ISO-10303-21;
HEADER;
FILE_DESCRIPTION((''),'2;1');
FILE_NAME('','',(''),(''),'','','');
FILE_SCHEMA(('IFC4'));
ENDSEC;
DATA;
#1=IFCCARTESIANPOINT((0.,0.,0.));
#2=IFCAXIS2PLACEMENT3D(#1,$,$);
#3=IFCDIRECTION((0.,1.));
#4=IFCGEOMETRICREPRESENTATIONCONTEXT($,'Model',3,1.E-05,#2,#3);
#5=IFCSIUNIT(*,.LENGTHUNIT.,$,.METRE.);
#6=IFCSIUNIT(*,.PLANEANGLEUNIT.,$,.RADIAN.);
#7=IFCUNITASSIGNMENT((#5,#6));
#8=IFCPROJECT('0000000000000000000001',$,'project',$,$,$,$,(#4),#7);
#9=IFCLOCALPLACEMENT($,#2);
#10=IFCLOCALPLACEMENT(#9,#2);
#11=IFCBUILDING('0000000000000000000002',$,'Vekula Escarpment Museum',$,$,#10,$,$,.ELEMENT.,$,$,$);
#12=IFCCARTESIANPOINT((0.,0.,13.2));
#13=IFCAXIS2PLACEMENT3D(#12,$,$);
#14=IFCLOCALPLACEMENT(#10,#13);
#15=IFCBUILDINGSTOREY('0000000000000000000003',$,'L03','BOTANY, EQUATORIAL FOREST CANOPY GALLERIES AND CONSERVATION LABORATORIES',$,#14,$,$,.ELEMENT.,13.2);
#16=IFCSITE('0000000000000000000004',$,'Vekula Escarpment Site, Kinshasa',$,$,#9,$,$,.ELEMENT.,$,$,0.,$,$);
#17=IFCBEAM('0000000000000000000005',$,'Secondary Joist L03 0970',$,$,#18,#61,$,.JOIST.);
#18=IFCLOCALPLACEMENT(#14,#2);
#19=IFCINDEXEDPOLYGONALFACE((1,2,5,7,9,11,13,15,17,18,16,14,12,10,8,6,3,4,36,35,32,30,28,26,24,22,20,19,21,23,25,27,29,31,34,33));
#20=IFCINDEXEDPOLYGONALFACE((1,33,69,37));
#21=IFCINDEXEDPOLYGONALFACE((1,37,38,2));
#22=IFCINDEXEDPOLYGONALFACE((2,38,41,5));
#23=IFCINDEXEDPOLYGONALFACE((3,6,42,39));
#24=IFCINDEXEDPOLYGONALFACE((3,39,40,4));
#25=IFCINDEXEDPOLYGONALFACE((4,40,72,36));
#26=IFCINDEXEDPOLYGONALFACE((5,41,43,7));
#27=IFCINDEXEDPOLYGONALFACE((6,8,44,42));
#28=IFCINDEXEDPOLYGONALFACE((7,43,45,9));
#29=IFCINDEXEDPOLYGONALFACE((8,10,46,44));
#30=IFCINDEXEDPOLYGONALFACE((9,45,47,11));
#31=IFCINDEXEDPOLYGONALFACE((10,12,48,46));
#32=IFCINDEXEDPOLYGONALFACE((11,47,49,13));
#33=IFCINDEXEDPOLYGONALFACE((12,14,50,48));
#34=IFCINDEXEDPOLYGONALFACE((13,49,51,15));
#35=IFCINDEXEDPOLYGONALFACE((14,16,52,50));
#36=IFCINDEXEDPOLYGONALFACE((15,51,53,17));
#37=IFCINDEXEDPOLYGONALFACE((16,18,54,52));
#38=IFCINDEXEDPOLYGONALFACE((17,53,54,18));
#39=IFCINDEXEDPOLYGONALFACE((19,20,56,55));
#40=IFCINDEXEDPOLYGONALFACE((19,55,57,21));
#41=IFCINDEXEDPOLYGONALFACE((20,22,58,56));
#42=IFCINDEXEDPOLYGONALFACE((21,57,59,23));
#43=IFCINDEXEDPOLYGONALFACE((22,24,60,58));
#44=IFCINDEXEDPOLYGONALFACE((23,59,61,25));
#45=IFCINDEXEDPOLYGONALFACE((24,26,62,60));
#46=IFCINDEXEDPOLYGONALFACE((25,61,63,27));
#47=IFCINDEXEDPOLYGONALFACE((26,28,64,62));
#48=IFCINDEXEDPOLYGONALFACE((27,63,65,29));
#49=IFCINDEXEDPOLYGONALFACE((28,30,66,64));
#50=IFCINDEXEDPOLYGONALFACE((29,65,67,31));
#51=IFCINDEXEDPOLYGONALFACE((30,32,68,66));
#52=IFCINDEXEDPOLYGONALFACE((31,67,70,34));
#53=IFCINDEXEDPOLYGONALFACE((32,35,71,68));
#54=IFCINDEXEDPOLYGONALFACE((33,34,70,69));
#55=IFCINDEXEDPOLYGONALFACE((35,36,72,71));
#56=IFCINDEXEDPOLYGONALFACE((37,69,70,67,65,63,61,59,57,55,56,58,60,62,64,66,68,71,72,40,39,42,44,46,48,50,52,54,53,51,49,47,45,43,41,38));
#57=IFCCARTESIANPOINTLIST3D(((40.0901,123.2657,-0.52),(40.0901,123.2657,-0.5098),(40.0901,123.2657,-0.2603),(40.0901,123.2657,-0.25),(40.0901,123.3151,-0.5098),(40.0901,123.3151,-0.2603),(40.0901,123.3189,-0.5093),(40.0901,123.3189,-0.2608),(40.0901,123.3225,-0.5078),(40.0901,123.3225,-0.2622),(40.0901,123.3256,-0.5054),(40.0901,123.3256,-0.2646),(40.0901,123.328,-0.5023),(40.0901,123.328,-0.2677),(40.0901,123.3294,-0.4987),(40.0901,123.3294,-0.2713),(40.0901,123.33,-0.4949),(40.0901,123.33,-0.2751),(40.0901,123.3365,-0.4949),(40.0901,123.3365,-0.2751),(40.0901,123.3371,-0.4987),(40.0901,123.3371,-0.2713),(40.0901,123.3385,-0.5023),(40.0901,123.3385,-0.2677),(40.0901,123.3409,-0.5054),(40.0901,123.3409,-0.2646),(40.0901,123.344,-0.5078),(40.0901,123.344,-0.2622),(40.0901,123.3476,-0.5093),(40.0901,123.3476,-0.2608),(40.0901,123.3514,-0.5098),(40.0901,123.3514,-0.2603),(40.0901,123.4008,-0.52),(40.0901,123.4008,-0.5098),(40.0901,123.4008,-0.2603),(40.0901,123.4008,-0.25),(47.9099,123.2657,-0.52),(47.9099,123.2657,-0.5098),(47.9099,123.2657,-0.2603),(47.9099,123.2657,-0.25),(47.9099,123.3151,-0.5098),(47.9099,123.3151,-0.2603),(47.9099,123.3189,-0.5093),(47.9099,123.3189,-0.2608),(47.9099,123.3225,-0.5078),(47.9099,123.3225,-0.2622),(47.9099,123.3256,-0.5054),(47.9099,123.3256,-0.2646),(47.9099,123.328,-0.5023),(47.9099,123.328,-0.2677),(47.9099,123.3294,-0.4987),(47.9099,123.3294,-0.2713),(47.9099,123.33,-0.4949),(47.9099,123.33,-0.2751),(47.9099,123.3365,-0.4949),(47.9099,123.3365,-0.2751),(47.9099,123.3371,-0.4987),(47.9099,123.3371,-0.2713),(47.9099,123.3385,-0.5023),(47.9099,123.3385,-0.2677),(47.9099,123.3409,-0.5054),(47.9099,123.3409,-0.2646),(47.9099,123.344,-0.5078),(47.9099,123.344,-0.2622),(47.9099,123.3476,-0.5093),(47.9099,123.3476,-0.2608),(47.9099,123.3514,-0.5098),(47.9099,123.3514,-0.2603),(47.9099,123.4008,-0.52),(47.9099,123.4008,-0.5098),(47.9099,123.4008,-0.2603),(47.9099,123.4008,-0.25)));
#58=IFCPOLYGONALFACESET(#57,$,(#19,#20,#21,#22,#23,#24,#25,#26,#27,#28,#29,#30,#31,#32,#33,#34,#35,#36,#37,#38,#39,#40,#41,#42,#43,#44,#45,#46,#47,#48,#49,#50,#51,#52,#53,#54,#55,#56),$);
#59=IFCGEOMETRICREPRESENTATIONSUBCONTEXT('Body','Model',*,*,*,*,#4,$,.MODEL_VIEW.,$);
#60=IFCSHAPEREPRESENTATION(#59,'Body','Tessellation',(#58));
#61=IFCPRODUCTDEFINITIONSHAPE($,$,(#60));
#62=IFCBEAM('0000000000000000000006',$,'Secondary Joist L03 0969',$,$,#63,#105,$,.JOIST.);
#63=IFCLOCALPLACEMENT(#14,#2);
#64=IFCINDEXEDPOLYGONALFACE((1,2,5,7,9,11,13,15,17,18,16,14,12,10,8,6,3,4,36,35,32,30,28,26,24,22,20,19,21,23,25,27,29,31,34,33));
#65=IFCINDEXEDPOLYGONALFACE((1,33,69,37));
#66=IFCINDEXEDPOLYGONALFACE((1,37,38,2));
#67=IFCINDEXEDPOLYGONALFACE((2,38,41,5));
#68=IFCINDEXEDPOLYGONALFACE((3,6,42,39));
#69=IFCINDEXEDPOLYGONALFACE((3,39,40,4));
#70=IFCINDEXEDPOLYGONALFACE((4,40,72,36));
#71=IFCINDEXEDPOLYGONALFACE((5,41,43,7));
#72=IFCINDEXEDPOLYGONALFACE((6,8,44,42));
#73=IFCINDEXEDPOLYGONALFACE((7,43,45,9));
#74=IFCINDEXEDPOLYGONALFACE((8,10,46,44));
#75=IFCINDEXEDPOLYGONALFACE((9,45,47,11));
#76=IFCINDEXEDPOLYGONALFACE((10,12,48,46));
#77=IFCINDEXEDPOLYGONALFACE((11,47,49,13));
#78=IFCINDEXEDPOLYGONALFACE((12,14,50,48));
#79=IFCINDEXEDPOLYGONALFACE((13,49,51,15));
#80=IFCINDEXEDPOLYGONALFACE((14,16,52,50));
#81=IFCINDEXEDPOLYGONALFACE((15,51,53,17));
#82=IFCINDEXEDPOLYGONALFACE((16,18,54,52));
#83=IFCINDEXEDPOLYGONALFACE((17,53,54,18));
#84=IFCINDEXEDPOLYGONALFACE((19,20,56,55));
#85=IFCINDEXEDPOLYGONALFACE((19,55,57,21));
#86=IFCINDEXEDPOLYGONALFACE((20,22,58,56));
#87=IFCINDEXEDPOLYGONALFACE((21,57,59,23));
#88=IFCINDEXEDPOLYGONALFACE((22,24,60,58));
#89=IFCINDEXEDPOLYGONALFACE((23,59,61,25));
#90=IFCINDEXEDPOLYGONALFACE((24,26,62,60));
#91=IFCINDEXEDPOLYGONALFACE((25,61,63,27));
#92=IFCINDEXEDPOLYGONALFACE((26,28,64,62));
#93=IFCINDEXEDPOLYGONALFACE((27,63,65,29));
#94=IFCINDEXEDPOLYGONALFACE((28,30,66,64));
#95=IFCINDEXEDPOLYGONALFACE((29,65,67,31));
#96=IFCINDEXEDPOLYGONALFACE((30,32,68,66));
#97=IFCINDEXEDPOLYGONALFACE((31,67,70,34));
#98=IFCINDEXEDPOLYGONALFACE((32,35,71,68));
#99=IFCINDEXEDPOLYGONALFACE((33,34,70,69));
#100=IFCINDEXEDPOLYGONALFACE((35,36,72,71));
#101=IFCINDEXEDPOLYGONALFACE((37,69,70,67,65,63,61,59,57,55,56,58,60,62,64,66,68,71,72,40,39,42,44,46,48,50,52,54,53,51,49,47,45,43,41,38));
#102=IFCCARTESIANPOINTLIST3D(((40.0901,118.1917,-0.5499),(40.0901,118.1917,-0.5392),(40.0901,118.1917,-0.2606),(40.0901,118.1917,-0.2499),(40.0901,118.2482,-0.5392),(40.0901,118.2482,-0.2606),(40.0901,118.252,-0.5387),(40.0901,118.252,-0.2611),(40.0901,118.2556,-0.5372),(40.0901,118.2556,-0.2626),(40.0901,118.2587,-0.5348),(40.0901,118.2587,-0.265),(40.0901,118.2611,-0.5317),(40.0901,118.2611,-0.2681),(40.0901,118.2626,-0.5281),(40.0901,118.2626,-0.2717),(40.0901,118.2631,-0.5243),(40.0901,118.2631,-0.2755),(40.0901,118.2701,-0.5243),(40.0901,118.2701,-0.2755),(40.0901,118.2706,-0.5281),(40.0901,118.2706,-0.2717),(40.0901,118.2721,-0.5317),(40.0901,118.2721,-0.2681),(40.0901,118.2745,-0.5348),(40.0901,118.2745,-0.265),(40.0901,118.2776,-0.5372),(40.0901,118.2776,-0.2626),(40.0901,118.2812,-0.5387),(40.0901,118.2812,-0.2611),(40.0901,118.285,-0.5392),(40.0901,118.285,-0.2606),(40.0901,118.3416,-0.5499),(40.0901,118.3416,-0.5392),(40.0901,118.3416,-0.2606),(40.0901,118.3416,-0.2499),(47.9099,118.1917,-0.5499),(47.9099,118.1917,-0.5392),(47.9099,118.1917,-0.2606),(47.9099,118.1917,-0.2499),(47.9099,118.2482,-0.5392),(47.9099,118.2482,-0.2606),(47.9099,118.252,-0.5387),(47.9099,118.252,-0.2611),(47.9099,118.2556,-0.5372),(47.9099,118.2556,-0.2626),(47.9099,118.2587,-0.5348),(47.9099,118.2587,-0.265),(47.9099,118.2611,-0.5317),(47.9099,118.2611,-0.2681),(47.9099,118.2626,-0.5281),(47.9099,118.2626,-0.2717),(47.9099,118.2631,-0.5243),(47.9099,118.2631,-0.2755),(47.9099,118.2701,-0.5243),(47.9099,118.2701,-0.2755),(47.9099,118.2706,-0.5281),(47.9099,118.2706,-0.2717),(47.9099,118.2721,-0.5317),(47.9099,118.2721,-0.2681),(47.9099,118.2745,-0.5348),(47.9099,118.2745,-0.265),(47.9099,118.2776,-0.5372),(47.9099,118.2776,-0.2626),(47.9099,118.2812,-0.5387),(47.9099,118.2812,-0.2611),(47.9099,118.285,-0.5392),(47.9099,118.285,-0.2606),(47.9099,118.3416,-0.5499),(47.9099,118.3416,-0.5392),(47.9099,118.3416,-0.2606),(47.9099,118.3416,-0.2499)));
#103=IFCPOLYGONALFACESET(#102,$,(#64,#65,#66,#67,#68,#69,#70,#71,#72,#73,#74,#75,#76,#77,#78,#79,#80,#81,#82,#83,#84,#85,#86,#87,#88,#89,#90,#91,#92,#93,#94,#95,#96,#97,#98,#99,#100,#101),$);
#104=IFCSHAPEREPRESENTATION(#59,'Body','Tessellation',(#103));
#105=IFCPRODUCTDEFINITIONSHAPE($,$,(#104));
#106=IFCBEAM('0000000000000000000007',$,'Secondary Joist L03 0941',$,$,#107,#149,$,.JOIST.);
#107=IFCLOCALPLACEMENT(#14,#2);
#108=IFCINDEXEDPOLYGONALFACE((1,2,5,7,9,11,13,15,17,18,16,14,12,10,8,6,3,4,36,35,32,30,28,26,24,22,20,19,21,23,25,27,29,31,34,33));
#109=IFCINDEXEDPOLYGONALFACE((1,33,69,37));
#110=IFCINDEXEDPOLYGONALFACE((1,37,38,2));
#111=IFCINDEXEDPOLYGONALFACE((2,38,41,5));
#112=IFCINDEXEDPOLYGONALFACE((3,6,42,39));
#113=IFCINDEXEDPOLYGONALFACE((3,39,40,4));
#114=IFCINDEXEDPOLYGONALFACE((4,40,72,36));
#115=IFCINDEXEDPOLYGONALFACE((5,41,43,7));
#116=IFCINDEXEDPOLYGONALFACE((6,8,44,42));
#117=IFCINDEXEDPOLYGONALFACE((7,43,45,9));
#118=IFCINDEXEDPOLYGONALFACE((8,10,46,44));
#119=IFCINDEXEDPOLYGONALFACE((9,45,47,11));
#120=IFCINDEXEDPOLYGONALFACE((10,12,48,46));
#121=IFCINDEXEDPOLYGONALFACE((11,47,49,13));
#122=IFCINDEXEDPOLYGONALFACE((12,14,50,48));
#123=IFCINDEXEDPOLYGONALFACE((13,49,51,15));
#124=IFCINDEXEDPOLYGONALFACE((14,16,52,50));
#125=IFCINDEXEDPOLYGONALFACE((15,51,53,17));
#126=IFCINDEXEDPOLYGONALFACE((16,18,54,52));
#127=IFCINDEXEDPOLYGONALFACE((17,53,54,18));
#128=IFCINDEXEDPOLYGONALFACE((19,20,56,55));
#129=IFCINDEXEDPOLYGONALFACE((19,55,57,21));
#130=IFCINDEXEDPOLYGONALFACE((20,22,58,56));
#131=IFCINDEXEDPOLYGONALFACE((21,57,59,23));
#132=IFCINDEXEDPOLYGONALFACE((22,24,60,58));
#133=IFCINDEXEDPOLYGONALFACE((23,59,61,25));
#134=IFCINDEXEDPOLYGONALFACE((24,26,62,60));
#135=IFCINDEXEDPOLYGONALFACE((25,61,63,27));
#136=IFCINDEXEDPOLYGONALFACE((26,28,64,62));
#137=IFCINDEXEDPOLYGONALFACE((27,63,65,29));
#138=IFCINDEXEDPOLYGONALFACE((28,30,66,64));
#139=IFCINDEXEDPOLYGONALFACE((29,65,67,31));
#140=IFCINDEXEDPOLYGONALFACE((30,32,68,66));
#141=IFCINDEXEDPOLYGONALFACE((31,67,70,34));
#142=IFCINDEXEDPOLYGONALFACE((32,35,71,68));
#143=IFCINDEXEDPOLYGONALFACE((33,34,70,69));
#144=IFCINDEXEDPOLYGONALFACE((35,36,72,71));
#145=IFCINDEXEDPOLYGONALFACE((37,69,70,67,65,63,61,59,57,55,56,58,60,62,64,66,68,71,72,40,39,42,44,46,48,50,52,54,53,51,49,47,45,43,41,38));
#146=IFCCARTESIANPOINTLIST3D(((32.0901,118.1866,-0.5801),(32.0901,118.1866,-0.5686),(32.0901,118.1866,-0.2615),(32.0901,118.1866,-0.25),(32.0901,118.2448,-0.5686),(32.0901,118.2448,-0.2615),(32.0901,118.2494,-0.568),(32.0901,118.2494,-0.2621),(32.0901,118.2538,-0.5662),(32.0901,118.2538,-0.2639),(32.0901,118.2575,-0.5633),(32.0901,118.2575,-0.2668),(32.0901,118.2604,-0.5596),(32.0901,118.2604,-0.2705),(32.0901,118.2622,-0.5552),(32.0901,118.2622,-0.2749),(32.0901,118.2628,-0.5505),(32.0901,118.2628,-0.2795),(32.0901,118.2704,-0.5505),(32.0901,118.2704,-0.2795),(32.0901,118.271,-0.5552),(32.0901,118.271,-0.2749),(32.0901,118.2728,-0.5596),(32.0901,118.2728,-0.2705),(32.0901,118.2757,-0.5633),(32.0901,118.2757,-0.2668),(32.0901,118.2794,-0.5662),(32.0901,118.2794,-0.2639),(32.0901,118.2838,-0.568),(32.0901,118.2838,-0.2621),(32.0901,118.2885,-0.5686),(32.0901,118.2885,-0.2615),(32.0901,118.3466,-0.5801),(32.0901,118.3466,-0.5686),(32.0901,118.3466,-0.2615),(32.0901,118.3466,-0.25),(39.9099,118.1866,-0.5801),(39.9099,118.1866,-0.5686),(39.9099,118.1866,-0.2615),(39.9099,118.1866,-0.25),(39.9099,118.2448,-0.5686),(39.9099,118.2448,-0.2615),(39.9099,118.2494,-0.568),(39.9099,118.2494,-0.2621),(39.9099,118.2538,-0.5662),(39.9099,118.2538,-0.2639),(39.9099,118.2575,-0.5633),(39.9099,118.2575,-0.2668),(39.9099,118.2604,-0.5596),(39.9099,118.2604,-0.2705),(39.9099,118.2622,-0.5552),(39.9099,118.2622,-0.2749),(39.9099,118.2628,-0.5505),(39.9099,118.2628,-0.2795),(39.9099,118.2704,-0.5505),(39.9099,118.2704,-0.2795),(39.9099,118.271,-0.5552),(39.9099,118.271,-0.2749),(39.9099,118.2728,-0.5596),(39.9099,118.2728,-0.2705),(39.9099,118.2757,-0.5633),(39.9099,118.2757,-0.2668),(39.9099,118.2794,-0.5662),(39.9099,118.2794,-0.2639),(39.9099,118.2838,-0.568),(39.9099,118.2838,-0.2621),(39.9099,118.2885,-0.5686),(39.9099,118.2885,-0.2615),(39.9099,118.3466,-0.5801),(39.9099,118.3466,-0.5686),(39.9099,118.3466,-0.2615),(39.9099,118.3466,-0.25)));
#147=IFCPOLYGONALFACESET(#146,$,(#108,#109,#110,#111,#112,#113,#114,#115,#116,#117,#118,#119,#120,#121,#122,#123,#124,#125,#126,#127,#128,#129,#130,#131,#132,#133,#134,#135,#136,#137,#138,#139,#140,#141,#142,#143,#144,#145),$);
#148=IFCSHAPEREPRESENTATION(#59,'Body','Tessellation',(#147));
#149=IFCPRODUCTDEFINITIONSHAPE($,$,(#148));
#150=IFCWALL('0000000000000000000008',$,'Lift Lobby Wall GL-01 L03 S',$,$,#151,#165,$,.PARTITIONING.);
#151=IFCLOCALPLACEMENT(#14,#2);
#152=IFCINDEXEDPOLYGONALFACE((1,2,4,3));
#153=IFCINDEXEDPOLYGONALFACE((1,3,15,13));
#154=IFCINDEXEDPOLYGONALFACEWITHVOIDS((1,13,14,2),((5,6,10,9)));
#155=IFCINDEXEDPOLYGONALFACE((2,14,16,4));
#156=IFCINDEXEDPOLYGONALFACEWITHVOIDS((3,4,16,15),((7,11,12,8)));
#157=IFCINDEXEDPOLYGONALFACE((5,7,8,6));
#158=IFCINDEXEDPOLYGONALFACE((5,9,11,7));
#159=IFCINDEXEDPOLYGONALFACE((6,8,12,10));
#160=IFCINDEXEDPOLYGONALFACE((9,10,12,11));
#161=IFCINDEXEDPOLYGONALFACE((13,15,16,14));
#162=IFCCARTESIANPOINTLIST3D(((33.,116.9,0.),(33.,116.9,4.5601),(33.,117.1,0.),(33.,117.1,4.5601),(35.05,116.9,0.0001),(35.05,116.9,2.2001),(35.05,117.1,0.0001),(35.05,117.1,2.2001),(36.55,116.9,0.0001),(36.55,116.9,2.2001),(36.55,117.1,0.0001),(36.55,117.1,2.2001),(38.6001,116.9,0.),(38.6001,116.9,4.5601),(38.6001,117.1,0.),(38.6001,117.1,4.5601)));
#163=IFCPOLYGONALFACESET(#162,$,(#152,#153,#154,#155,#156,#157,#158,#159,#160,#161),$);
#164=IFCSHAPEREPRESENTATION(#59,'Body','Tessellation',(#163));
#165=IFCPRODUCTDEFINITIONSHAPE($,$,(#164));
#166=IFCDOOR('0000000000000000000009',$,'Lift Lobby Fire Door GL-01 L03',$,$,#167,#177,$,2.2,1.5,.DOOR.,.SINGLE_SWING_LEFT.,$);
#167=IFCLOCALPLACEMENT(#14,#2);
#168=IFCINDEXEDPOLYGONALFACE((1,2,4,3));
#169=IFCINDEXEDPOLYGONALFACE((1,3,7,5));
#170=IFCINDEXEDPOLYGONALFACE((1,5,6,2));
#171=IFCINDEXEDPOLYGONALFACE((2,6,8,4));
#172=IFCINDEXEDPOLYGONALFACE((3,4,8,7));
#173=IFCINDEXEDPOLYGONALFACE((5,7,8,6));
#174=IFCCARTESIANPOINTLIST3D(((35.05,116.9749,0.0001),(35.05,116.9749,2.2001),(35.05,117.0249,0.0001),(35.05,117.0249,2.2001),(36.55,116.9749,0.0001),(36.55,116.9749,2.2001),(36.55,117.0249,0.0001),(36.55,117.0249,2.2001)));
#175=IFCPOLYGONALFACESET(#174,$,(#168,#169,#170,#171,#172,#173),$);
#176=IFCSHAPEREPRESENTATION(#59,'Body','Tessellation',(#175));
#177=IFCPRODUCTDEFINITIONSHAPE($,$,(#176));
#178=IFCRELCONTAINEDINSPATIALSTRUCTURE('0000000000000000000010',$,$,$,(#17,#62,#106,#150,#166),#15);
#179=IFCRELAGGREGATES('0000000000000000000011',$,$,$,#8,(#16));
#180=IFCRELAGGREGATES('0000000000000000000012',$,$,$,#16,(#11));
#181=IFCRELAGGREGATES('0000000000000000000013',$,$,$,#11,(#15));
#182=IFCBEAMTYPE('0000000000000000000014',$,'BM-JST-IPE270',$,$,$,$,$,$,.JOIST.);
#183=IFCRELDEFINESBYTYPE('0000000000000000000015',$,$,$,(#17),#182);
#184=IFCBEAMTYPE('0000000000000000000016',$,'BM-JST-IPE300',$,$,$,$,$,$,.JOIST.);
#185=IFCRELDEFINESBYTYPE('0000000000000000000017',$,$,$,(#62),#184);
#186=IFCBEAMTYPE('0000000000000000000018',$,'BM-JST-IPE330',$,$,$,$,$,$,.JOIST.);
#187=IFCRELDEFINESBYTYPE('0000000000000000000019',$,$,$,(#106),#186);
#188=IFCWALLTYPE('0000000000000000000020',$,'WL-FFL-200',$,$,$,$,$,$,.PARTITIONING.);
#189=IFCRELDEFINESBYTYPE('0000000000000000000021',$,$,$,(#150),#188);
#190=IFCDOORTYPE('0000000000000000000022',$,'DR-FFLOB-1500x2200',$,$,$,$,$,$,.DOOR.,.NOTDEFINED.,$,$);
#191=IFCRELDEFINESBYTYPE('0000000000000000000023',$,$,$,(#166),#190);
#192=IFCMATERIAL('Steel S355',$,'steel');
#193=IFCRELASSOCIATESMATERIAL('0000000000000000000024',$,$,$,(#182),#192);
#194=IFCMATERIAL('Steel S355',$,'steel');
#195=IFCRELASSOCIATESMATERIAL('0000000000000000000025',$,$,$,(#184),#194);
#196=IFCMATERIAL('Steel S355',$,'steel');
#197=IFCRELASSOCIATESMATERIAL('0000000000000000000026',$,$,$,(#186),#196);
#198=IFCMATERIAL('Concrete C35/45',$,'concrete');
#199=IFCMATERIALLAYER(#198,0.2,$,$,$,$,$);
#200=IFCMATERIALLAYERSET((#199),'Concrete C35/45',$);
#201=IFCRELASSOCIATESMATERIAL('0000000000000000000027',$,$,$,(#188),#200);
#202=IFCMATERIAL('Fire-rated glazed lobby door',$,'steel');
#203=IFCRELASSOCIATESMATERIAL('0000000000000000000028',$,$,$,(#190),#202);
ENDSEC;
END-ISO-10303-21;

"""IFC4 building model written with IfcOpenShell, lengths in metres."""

from ifc_helpers import new_model, si_unit, direction, frame, frame_2d, origin, origin_2d, place, context, subcontext, project, spatial, rectangle, i_section, extrude, material, layer, layer_set, material_profile, profile_set, type_object, element, fill, save


model = new_model("IFC4")

# Units and contexts
model_context = context("Model", 3, precision=1e-05, world=origin(), true_north=direction((0.0, 1.0)))
body_context = subcontext(model_context, "Body", "Model", "MODEL_VIEW")
ifc_project = project(units=[si_unit("LENGTHUNIT", "METRE"), si_unit("PLANEANGLEUNIT", "RADIAN")], contexts=[model_context])

# Site, building, storey
site_placement = place(None, origin())
site = spatial("IfcSite", under=ifc_project, at=site_placement, Name="Vekula Escarpment Site, Kinshasa", CompositionType="ELEMENT", RefElevation=0.0)
building_placement = place(site_placement, origin())
building = spatial("IfcBuilding", under=site, at=building_placement, Name="Vekula Escarpment Museum", CompositionType="ELEMENT")
storey_placement = place(building_placement, frame((0.0, 0.0, 13.2)))
storey = spatial("IfcBuildingStorey", under=building, at=storey_placement, Name="L03", Description="BOTANY, EQUATORIAL FOREST CANOPY GALLERIES AND CONSERVATION LABORATORIES", CompositionType="ELEMENT", Elevation=13.2)

# Beams
ifc_material_1 = material(Name="Steel S355", Category="steel")
ifc_material_profile_1 = material_profile(ifc_material_1, i_section(OverallWidth=0.135, OverallDepth=0.27, WebThickness=0.0066, FlangeThickness=0.0103, FilletRadius=0.0149, at=origin_2d()), Name="IPE 270")
ifc_profile_set_1 = profile_set([ifc_material_profile_1], Name="Steel S355")
beam_type_1 = type_object("IfcBeamType", Name="BM-JST-IPE270", PredefinedType="JOIST", material=ifc_profile_set_1)
beam_1_placement = place(storey_placement, frame((40.0901, 123.3333, -0.385), z_axis=(1.0, 0.0, 0.0), x_axis=(0.0, 1.0, 0.0)))
element("IfcBeam", 1, at=beam_1_placement, inside=storey, type_object=beam_type_1, Name="Secondary Joist L03 0970", PredefinedType="JOIST", context=body_context, shape_type="SweptSolid", body=[
    extrude(i_section(OverallWidth=0.135, OverallDepth=0.27, WebThickness=0.0066, FlangeThickness=0.0103, FilletRadius=0.0149, at=origin_2d()), origin(), (0.0, 0.0, 1.0), 7.8198),
])
ifc_material_2 = material(Name="Steel S355", Category="steel")
ifc_material_profile_2 = material_profile(ifc_material_2, i_section(OverallWidth=0.1499, OverallDepth=0.3, WebThickness=0.0071, FlangeThickness=0.0107, FilletRadius=0.0149, at=origin_2d()), Name="IPE 300")
ifc_profile_set_2 = profile_set([ifc_material_profile_2], Name="Steel S355")
beam_type_2 = type_object("IfcBeamType", Name="BM-JST-IPE300", PredefinedType="JOIST", material=ifc_profile_set_2)
beam_2_placement = place(storey_placement, frame((40.0901, 118.2666, -0.3999), z_axis=(1.0, 0.0, 0.0), x_axis=(0.0, 1.0, 0.0)))
element("IfcBeam", 2, at=beam_2_placement, inside=storey, type_object=beam_type_2, Name="Secondary Joist L03 0969", PredefinedType="JOIST", context=body_context, shape_type="SweptSolid", body=[
    extrude(i_section(OverallWidth=0.1499, OverallDepth=0.3, WebThickness=0.0071, FlangeThickness=0.0107, FilletRadius=0.0149, at=origin_2d()), origin(), (0.0, 0.0, 1.0), 7.8198),
])
ifc_material_3 = material(Name="Steel S355", Category="steel")
ifc_material_profile_3 = material_profile(ifc_material_3, i_section(OverallWidth=0.1599, OverallDepth=0.3301, WebThickness=0.0076, FlangeThickness=0.0115, FilletRadius=0.0181, at=origin_2d()), Name="IPE 330")
ifc_profile_set_3 = profile_set([ifc_material_profile_3], Name="Steel S355")
beam_type_3 = type_object("IfcBeamType", Name="BM-JST-IPE330", PredefinedType="JOIST", material=ifc_profile_set_3)
beam_3_placement = place(storey_placement, frame((32.0901, 118.2666, -0.415), z_axis=(1.0, 0.0, 0.0), x_axis=(0.0, 1.0, 0.0)))
element("IfcBeam", 3, at=beam_3_placement, inside=storey, type_object=beam_type_3, Name="Secondary Joist L03 0941", PredefinedType="JOIST", context=body_context, shape_type="SweptSolid", body=[
    extrude(i_section(OverallWidth=0.1599, OverallDepth=0.3301, WebThickness=0.0076, FlangeThickness=0.0115, FilletRadius=0.0181, at=origin_2d()), origin(), (0.0, 0.0, 1.0), 7.8198),
])

# Wall, opening, door
ifc_material_4 = material(Name="Concrete C35/45", Category="concrete")
ifc_layer_1 = layer(ifc_material_4, 0.2)
ifc_layer_set_1 = layer_set([ifc_layer_1], Name="Concrete C35/45")
wall_type_1 = type_object("IfcWallType", Name="WL-FFL-200", PredefinedType="PARTITIONING", material=ifc_layer_set_1)
wall_1_placement = place(storey_placement, frame((33.0, 117.0, 0.0), z_axis=(0.0, 0.0, 1.0), x_axis=(1.0, 0.0, 0.0)))
wall_1 = element("IfcWall", 4, at=wall_1_placement, inside=storey, type_object=wall_type_1, Name="Lift Lobby Wall GL-01 L03 S", PredefinedType="PARTITIONING", context=body_context, shape_type="SweptSolid", body=[
    extrude(rectangle(XDim=5.6001, YDim=0.2, at=frame_2d((2.8, 0.0))), origin(), (0.0, 0.0, 1.0), 4.5601),
])
opening_1_placement = place(wall_1_placement, frame((2.05, 0.0, 0.0)))
opening_1 = element("IfcOpeningElement", 5, at=opening_1_placement, cuts=wall_1, PredefinedType="OPENING", context=body_context, shape_type="SweptSolid", body=[
    extrude(rectangle(XDim=1.5, YDim=2.2, at=frame_2d((0.75, 1.1001))), frame((0.0, 0.1099, 0.0), z_axis=(0.0, -1.0, 0.0), x_axis=(1.0, 0.0, 0.0)), (0.0, 0.0, 1.0), 0.22),
])
ifc_material_5 = material(Name="Fire-rated glazed lobby door", Category="steel")
door_type_1 = type_object("IfcDoorType", Name="DR-FFLOB-1500x2200", OperationType="NOTDEFINED", PredefinedType="DOOR", material=ifc_material_5)
door_1_placement = place(opening_1_placement, origin())
door_1 = element("IfcDoor", 6, at=door_1_placement, inside=storey, type_object=door_type_1, Name="Lift Lobby Fire Door GL-01 L03", OperationType="SINGLE_SWING_LEFT", OverallHeight=2.2, OverallWidth=1.5, PredefinedType="DOOR", context=body_context, shape_type="SweptSolid", body=[
    extrude(rectangle(XDim=1.5, YDim=2.2, at=frame_2d((0.75, 1.1001))), frame((0.0, 0.0249, 0.0), z_axis=(0.0, -1.0, 0.0), x_axis=(1.0, 0.0, 0.0)), (0.0, 0.0, 1.0), 0.05),
])
fill(opening_1, door_1)

save(model, "model.ifc")
